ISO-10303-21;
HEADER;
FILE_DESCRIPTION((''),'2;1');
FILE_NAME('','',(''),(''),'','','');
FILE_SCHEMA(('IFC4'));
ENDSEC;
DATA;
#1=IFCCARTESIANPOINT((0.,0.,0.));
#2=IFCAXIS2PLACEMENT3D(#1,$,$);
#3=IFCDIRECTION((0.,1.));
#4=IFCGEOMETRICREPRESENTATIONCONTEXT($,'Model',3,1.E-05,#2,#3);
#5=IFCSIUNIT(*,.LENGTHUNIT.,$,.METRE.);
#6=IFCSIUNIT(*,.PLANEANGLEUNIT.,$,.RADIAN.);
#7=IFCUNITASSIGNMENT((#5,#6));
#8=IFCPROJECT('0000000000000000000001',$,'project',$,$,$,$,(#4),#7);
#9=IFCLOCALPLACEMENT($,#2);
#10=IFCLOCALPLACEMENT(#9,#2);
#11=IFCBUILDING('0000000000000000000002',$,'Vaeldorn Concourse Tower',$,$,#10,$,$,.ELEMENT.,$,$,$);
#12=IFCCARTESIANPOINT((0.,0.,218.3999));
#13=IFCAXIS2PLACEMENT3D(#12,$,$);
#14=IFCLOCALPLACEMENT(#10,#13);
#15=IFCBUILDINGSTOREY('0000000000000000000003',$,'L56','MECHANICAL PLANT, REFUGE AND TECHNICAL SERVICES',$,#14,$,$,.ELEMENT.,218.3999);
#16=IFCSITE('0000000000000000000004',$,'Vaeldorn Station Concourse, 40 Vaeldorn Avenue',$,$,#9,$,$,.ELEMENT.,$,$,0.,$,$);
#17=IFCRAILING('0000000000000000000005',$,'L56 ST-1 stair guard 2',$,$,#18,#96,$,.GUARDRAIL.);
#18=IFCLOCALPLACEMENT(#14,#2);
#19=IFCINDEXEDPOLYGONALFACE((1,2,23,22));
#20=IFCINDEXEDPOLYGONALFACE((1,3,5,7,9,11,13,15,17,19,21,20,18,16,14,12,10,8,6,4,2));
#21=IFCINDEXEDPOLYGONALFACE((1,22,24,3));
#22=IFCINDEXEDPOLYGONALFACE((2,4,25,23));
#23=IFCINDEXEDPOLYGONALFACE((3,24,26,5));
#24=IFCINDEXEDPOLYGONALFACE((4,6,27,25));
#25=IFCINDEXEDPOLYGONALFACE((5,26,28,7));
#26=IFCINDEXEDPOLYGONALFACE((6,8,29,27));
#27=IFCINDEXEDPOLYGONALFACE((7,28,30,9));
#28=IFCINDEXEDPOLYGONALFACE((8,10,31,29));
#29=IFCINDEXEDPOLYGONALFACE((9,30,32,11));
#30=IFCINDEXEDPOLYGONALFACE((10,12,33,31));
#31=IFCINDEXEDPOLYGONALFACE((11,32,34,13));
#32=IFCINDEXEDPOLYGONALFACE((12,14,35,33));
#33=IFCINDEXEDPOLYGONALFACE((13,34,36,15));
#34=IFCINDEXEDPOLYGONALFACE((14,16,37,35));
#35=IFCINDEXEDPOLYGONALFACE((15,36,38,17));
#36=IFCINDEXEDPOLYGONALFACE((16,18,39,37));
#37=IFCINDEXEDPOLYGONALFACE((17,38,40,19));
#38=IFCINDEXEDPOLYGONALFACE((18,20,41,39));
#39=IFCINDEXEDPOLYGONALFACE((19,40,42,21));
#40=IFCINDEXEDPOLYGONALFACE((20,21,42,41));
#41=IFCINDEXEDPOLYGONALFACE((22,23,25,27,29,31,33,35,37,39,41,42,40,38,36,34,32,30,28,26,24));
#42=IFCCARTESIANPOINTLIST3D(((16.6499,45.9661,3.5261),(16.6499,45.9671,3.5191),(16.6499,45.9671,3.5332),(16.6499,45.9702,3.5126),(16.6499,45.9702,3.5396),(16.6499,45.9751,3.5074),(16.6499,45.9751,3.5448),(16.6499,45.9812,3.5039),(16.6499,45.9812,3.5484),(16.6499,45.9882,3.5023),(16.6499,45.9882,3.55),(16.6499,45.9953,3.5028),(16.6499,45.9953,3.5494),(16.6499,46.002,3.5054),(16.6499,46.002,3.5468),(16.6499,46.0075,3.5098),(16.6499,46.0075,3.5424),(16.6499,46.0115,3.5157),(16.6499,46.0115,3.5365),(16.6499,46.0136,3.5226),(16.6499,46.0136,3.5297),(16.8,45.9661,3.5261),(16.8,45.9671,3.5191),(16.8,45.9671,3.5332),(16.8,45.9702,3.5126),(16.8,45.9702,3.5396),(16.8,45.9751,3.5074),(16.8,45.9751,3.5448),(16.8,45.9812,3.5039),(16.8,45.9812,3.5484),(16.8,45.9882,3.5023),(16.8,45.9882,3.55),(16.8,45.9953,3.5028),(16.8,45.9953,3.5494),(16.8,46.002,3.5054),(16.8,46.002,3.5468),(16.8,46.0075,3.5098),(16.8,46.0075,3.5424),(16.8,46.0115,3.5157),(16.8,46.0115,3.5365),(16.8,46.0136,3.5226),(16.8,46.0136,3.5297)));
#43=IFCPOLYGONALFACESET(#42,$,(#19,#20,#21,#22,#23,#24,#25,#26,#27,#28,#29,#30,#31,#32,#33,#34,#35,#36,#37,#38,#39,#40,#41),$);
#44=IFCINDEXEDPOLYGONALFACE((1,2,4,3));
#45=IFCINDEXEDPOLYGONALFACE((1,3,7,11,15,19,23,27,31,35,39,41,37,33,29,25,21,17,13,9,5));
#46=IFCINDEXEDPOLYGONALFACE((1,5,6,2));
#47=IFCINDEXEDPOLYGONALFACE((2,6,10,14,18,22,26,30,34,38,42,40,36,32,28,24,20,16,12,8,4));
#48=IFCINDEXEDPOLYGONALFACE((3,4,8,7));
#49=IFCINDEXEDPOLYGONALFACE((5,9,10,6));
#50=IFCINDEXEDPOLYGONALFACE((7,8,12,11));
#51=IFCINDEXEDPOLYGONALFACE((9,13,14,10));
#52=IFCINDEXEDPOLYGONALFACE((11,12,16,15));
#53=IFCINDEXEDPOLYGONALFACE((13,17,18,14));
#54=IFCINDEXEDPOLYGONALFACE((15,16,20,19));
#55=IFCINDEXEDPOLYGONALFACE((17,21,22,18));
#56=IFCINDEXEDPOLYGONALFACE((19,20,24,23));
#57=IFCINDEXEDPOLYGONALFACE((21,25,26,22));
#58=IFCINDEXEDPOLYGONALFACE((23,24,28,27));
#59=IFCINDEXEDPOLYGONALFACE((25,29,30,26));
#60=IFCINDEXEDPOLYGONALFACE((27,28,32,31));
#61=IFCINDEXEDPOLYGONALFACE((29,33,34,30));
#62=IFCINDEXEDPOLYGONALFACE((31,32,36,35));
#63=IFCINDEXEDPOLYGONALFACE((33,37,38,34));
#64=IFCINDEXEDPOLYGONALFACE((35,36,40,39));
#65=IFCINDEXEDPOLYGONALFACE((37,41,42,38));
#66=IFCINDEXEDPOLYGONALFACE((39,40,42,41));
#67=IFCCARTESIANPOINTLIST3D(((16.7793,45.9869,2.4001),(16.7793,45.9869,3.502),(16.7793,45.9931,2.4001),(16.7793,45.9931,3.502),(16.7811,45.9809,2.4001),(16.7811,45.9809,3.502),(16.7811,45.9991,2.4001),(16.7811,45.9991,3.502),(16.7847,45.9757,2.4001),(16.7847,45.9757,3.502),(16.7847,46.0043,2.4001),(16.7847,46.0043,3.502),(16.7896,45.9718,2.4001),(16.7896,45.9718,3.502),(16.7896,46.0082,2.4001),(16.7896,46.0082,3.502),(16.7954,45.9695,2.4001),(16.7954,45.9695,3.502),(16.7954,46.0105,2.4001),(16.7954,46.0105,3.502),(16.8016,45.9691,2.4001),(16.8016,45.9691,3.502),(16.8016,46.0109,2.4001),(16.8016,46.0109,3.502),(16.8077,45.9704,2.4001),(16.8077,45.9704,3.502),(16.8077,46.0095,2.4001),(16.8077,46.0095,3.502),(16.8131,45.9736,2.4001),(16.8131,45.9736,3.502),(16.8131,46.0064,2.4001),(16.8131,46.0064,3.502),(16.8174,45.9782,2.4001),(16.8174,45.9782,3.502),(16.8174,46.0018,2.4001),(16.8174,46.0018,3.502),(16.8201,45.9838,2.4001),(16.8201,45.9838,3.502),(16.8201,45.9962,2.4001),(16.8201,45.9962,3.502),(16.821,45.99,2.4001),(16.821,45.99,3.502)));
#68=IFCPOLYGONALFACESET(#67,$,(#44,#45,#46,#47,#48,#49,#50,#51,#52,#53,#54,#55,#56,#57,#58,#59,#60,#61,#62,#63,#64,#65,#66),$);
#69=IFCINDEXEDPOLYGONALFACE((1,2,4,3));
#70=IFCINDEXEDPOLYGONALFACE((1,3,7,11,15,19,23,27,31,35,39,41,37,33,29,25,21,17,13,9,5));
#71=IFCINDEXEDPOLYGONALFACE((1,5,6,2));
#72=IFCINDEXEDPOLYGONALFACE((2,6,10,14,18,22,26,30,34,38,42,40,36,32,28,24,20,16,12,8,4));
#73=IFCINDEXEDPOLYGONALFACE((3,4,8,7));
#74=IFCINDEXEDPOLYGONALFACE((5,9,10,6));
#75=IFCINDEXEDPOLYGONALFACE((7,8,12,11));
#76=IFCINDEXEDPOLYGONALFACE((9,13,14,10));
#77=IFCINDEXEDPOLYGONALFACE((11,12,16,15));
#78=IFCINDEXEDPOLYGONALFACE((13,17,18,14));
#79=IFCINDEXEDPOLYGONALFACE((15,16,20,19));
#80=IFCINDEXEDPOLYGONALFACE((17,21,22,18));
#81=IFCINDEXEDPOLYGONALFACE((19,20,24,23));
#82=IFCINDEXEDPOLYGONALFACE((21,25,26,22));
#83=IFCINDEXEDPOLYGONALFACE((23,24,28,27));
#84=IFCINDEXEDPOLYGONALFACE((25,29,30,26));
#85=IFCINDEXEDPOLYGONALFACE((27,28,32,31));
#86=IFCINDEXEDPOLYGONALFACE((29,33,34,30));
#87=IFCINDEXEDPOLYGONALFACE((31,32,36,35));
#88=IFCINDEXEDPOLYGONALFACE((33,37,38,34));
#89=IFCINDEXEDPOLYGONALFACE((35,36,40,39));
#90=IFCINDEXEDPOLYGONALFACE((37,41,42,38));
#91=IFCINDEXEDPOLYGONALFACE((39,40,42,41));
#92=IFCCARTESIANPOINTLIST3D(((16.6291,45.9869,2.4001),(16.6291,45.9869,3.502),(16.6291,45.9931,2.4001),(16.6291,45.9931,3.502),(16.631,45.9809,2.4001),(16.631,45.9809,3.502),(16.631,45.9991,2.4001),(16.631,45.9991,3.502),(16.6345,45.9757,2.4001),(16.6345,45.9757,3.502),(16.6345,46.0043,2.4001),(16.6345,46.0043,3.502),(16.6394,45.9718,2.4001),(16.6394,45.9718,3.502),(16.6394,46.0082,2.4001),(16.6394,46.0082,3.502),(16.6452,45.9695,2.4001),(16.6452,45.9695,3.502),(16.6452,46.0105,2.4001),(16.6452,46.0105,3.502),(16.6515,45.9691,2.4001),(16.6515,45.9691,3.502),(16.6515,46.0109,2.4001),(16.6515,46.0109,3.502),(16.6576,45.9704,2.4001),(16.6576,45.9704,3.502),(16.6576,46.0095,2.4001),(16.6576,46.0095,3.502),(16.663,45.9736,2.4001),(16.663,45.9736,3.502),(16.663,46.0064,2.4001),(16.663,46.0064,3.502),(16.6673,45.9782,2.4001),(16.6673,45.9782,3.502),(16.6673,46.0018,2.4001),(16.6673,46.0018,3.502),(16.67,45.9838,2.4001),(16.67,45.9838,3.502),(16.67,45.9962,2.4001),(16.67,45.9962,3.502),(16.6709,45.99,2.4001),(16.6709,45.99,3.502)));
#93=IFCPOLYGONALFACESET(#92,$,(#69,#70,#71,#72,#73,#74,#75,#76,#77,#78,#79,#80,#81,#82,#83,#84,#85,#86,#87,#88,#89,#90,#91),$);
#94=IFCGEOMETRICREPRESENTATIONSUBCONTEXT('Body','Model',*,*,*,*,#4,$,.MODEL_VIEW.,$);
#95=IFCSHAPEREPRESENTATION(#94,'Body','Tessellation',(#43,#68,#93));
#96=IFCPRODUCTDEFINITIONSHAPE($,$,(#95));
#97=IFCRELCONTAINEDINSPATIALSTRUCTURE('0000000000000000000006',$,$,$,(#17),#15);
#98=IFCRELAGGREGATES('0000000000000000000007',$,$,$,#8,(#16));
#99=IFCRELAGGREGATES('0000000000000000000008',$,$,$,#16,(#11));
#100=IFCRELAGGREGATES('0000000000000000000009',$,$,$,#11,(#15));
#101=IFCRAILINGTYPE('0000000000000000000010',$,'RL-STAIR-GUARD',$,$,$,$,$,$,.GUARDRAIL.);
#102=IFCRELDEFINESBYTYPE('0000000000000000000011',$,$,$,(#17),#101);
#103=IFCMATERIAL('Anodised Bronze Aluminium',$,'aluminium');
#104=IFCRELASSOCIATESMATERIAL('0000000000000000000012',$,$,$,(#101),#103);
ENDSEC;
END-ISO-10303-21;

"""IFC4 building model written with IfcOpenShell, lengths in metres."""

from ifc_helpers import new_model, si_unit, direction, frame, origin, origin_2d, place, context, subcontext, project, spatial, circle, extrude, material, type_object, element, save


model = new_model("IFC4")

# Units and contexts
model_context = context("Model", 3, precision=1e-05, world=origin(), true_north=direction((0.0, 1.0)))
body_context = subcontext(model_context, "Body", "Model", "MODEL_VIEW")
ifc_project = project(units=[si_unit("LENGTHUNIT", "METRE"), si_unit("PLANEANGLEUNIT", "RADIAN")], contexts=[model_context])

# Site, building, storey
site_placement = place(None, origin())
site = spatial("IfcSite", under=ifc_project, at=site_placement, Name="Vaeldorn Station Concourse, 40 Vaeldorn Avenue", CompositionType="ELEMENT", RefElevation=0.0)
building_placement = place(site_placement, origin())
building = spatial("IfcBuilding", under=site, at=building_placement, Name="Vaeldorn Concourse Tower", CompositionType="ELEMENT")
storey_placement = place(building_placement, frame((0.0, 0.0, 218.3999)))
storey = spatial("IfcBuildingStorey", under=building, at=storey_placement, Name="L56", Description="MECHANICAL PLANT, REFUGE AND TECHNICAL SERVICES", CompositionType="ELEMENT", Elevation=218.3999)

# Railing
ifc_material_1 = material(Name="Anodised Bronze Aluminium", Category="aluminium")
railing_type_1 = type_object("IfcRailingType", Name="RL-STAIR-GUARD", PredefinedType="GUARDRAIL", material=ifc_material_1)
railing_1_placement = place(storey_placement, frame((16.8, 45.99, 2.4001)))
element("IfcRailing", 1, at=railing_1_placement, inside=storey, type_object=railing_type_1, Name="L56 ST-1 stair guard 2", PredefinedType="GUARDRAIL", context=body_context, shape_type="SweptSolid", body=[
    extrude(circle(Radius=0.0239, at=origin_2d()), frame((0.0, 0.0, 1.126), z_axis=(-1.0, 0.0, 0.0), x_axis=(0.0, -1.0, 0.0)), (0.0, 0.0, 1.0), 0.1501),
    extrude(circle(Radius=0.021, at=origin_2d()), origin(), (0.0, 0.0, 1.0), 1.1018),
    extrude(circle(Radius=0.021, at=origin_2d()), frame((-0.1501, 0.0, 0.0)), (0.0, 0.0, 1.0), 1.1018),
])

save(model, "model.ifc")
